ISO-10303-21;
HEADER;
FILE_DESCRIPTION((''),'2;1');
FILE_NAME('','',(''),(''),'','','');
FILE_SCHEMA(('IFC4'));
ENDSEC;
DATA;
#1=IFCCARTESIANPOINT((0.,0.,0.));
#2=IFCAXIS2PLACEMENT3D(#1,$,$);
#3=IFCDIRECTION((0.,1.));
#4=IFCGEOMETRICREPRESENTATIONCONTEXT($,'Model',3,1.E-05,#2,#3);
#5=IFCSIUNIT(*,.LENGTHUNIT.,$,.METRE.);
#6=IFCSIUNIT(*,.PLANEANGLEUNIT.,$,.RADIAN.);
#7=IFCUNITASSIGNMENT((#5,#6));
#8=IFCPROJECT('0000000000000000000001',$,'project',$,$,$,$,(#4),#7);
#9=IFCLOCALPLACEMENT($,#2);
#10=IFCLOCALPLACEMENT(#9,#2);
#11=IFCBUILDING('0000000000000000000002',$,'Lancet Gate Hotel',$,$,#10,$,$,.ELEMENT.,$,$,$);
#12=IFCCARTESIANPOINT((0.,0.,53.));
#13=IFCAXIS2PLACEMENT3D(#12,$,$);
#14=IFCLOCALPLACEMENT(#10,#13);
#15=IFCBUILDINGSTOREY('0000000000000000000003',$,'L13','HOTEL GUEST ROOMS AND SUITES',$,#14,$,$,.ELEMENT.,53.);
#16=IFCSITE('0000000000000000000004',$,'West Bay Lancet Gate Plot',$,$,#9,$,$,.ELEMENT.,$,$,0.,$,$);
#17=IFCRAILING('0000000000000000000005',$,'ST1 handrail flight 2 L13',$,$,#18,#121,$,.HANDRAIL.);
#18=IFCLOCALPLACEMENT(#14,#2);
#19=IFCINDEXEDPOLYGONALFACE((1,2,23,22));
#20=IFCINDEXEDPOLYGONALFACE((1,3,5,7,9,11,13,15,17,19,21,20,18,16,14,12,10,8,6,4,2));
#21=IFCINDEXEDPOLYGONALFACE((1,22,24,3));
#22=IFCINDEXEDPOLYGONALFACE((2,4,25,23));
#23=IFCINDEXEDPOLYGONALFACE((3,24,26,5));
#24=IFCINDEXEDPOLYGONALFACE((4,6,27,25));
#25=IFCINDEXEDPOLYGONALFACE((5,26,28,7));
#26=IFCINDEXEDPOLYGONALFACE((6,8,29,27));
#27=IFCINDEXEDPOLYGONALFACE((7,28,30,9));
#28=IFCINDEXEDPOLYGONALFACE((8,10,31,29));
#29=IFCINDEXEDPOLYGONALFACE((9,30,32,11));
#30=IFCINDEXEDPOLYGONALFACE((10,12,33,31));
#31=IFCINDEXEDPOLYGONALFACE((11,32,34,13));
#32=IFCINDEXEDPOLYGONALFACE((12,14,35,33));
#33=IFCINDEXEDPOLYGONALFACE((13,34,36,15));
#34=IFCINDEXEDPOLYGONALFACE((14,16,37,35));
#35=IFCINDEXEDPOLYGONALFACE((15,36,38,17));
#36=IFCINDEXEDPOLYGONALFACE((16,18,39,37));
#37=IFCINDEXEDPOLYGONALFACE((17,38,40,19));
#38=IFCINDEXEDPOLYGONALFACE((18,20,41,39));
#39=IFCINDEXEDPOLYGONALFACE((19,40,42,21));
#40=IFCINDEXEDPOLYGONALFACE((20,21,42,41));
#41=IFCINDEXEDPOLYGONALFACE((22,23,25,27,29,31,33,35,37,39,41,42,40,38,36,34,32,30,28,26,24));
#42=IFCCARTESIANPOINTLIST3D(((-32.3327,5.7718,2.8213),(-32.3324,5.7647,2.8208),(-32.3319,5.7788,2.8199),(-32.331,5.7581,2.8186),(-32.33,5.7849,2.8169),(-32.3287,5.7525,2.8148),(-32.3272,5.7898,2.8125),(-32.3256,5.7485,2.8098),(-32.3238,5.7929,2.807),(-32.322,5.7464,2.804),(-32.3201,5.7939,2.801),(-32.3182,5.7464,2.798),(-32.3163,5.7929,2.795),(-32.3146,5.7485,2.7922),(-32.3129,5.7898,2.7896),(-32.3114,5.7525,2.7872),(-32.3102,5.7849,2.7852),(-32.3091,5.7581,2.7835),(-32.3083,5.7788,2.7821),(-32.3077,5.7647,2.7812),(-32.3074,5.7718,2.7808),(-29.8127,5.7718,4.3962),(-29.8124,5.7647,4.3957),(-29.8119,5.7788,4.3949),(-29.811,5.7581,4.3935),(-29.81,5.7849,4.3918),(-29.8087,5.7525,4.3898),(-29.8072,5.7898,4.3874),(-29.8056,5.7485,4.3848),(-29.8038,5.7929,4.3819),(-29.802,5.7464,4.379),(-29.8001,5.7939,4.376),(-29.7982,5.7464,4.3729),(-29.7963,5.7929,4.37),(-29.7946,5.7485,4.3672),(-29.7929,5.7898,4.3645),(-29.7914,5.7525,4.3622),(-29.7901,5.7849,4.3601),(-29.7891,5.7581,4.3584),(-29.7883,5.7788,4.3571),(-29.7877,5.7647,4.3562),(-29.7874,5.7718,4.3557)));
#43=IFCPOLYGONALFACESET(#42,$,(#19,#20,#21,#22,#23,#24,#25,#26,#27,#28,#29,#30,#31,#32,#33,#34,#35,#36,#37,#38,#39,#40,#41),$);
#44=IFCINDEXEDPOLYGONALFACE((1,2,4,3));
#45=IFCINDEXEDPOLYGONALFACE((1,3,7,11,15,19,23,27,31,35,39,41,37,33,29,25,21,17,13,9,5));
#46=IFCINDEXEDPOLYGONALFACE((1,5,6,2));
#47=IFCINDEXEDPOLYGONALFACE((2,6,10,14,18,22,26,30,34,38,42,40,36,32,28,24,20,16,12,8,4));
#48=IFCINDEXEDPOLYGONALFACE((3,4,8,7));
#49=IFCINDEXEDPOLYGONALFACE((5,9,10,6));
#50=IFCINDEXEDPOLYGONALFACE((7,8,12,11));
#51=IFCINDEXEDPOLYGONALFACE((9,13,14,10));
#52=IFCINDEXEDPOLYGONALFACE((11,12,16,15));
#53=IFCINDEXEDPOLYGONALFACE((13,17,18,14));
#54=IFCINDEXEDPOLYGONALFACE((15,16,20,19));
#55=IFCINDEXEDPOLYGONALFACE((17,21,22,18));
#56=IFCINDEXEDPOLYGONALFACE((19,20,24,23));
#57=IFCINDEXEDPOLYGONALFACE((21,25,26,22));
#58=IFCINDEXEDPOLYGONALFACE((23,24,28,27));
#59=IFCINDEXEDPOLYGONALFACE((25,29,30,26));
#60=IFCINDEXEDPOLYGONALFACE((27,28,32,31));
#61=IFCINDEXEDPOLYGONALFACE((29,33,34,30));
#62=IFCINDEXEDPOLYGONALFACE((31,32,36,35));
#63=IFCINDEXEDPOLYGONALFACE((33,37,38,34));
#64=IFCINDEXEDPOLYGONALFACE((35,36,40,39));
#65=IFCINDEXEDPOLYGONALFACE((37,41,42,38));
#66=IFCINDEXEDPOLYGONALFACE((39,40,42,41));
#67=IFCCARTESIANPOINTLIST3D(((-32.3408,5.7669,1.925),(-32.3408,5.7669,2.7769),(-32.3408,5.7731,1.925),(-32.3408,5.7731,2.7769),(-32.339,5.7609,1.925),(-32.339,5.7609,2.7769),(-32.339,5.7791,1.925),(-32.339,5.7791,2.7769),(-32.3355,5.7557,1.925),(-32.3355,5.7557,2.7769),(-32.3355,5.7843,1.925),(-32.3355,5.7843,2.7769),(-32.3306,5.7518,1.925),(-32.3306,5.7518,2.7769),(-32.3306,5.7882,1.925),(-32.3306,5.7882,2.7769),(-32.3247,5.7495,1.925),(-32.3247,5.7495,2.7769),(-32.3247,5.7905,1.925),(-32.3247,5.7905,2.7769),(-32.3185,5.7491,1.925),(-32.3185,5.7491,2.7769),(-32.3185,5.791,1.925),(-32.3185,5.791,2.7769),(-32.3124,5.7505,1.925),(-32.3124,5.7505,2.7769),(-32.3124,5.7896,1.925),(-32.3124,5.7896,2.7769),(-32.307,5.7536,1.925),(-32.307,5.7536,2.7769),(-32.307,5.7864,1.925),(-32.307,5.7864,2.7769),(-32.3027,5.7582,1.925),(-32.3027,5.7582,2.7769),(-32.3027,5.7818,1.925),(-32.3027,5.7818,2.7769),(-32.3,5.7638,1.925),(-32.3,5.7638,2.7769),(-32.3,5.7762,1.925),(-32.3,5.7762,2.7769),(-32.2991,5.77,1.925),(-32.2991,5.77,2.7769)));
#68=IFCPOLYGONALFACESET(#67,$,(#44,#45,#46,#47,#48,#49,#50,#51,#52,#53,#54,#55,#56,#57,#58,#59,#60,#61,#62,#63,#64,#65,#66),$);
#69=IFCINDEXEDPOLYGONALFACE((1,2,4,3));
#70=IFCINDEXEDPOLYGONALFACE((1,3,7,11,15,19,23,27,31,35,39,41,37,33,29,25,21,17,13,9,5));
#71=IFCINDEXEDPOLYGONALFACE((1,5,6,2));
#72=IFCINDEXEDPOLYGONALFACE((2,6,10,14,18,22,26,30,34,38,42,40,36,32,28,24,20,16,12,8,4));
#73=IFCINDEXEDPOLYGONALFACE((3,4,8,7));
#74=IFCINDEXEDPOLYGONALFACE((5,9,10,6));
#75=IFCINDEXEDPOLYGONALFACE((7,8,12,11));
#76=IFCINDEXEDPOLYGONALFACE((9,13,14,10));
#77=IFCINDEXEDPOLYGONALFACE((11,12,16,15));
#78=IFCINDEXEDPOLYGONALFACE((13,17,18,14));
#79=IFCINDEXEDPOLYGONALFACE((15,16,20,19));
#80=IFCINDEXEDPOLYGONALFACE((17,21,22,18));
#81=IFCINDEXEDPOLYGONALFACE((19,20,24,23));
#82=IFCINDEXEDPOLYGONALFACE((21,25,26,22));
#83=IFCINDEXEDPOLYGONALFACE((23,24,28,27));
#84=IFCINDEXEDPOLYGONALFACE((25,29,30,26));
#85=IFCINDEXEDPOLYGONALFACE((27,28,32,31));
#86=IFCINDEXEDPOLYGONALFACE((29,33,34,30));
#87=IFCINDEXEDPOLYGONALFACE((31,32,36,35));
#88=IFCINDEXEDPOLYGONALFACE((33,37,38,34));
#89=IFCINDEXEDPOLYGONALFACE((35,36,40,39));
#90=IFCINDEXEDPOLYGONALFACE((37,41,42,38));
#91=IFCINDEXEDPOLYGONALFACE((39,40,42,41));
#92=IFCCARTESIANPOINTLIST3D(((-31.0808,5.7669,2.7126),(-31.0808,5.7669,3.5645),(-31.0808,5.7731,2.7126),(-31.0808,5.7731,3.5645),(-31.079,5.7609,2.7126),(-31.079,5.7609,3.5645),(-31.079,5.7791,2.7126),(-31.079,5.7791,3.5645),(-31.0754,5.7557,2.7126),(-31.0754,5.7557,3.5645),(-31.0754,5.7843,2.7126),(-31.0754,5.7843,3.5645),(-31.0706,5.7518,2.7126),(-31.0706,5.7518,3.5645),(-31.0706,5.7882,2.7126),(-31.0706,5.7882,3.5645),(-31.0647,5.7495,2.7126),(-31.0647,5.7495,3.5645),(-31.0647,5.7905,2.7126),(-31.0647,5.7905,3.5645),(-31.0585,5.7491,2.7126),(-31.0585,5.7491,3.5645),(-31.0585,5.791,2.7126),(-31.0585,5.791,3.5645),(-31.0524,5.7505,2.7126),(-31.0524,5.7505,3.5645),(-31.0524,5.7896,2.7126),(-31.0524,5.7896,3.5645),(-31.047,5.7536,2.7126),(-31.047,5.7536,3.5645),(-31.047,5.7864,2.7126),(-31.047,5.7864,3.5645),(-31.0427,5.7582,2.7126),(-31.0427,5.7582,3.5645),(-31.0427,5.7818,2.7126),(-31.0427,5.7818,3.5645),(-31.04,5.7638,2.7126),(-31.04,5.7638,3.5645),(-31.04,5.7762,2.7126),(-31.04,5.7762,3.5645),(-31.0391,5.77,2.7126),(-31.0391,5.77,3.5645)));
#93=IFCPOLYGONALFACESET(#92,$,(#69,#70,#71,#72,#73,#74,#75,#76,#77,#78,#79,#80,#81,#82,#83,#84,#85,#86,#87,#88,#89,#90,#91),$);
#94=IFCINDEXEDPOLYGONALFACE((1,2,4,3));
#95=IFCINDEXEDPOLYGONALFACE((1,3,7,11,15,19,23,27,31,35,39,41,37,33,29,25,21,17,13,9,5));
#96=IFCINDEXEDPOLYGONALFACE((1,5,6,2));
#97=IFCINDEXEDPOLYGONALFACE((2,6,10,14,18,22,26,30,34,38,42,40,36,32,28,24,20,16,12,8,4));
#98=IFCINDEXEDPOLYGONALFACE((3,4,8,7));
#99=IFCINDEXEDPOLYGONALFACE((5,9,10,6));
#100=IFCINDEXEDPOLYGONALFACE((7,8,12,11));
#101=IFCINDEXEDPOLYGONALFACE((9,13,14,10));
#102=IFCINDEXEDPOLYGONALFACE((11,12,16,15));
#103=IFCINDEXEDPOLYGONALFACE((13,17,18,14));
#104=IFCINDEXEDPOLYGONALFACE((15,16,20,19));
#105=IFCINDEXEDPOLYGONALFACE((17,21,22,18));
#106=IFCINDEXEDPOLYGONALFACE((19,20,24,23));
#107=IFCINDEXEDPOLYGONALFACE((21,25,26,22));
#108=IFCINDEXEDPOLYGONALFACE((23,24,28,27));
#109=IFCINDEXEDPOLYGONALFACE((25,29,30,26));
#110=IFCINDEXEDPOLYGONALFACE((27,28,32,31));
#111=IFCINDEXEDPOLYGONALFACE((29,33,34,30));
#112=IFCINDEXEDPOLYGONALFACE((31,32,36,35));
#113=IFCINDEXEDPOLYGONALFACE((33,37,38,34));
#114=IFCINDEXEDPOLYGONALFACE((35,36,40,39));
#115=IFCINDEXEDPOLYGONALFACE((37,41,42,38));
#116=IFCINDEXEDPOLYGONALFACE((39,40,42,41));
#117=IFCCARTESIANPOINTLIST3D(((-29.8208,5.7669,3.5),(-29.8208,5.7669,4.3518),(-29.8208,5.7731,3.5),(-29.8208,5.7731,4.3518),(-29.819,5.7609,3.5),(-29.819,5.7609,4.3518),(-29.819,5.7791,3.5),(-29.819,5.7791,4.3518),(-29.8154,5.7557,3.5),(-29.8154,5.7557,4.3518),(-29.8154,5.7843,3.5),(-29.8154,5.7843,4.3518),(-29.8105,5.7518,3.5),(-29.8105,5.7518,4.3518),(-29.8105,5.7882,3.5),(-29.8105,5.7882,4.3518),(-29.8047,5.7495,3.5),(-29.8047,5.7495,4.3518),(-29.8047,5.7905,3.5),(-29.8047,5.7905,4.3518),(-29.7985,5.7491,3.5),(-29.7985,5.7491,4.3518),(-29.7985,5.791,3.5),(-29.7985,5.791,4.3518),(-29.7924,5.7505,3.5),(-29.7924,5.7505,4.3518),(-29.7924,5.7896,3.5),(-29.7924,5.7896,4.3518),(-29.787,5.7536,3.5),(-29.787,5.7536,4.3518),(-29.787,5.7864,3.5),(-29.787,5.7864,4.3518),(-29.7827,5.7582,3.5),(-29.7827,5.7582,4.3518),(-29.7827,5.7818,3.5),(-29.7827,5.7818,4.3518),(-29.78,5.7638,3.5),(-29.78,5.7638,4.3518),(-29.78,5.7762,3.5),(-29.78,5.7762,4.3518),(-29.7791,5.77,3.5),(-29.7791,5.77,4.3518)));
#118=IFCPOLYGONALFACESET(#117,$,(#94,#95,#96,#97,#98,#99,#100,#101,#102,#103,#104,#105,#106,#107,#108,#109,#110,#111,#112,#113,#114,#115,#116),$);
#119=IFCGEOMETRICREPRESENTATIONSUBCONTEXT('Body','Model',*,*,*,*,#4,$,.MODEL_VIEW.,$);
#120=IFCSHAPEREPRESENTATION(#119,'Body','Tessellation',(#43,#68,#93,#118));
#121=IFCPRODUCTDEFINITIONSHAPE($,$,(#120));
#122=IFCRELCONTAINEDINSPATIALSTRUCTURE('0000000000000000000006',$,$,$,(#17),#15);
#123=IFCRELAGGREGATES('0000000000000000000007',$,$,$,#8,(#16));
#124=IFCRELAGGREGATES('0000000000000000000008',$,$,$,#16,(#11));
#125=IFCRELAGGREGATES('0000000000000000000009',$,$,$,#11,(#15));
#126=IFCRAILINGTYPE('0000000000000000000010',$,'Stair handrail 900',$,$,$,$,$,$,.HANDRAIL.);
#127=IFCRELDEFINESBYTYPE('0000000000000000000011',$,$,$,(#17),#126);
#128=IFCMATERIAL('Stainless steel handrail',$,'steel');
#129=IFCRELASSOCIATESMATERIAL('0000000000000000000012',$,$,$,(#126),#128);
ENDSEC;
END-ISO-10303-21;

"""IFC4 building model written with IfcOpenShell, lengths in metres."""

from ifc_helpers import new_model, si_unit, direction, frame, origin, origin_2d, place, context, subcontext, project, spatial, circle, extrude, material, type_object, element, save


model = new_model("IFC4")

# Units and contexts
model_context = context("Model", 3, precision=1e-05, world=origin(), true_north=direction((0.0, 1.0)))
body_context = subcontext(model_context, "Body", "Model", "MODEL_VIEW")
ifc_project = project(units=[si_unit("LENGTHUNIT", "METRE"), si_unit("PLANEANGLEUNIT", "RADIAN")], contexts=[model_context])

# Site, building, storey
site_placement = place(None, origin())
site = spatial("IfcSite", under=ifc_project, at=site_placement, Name="West Bay Lancet Gate Plot", CompositionType="ELEMENT", RefElevation=0.0)
building_placement = place(site_placement, origin())
building = spatial("IfcBuilding", under=site, at=building_placement, Name="Lancet Gate Hotel", CompositionType="ELEMENT")
storey_placement = place(building_placement, frame((0.0, 0.0, 53.0)))
storey = spatial("IfcBuildingStorey", under=building, at=storey_placement, Name="L13", Description="HOTEL GUEST ROOMS AND SUITES", CompositionType="ELEMENT", Elevation=53.0)

# Railing
ifc_material_1 = material(Name="Stainless steel handrail", Category="steel")
railing_type = type_object("IfcRailingType", Name="Stair handrail 900", PredefinedType="HANDRAIL", material=ifc_material_1)
railing_1_placement = place(storey_placement, frame((-32.3201, 5.77, 1.925)))
element("IfcRailing", 1, at=railing_1_placement, inside=storey, type_object=railing_type, Name="ST1 handrail flight 2 L13", PredefinedType="HANDRAIL", context=body_context, shape_type="SweptSolid", body=[
    extrude(circle(Radius=0.0239, at=origin_2d()), frame((0.0, 0.0, 0.876), z_axis=(0.848008, 0.0, 0.529984), x_axis=(0.0, 1.0, 0.0)), (0.0, 0.0, 1.0), 2.9717),
    extrude(circle(Radius=0.021, at=origin_2d()), origin(), (0.0, 0.0, 1.0), 0.8518),
    extrude(circle(Radius=0.021, at=origin_2d()), frame((1.26, 0.0, 0.7876)), (0.0, 0.0, 1.0), 0.8518),
    extrude(circle(Radius=0.021, at=origin_2d()), frame((2.52, 0.0, 1.575)), (0.0, 0.0, 1.0), 0.8518),
])

save(model, "model.ifc")
